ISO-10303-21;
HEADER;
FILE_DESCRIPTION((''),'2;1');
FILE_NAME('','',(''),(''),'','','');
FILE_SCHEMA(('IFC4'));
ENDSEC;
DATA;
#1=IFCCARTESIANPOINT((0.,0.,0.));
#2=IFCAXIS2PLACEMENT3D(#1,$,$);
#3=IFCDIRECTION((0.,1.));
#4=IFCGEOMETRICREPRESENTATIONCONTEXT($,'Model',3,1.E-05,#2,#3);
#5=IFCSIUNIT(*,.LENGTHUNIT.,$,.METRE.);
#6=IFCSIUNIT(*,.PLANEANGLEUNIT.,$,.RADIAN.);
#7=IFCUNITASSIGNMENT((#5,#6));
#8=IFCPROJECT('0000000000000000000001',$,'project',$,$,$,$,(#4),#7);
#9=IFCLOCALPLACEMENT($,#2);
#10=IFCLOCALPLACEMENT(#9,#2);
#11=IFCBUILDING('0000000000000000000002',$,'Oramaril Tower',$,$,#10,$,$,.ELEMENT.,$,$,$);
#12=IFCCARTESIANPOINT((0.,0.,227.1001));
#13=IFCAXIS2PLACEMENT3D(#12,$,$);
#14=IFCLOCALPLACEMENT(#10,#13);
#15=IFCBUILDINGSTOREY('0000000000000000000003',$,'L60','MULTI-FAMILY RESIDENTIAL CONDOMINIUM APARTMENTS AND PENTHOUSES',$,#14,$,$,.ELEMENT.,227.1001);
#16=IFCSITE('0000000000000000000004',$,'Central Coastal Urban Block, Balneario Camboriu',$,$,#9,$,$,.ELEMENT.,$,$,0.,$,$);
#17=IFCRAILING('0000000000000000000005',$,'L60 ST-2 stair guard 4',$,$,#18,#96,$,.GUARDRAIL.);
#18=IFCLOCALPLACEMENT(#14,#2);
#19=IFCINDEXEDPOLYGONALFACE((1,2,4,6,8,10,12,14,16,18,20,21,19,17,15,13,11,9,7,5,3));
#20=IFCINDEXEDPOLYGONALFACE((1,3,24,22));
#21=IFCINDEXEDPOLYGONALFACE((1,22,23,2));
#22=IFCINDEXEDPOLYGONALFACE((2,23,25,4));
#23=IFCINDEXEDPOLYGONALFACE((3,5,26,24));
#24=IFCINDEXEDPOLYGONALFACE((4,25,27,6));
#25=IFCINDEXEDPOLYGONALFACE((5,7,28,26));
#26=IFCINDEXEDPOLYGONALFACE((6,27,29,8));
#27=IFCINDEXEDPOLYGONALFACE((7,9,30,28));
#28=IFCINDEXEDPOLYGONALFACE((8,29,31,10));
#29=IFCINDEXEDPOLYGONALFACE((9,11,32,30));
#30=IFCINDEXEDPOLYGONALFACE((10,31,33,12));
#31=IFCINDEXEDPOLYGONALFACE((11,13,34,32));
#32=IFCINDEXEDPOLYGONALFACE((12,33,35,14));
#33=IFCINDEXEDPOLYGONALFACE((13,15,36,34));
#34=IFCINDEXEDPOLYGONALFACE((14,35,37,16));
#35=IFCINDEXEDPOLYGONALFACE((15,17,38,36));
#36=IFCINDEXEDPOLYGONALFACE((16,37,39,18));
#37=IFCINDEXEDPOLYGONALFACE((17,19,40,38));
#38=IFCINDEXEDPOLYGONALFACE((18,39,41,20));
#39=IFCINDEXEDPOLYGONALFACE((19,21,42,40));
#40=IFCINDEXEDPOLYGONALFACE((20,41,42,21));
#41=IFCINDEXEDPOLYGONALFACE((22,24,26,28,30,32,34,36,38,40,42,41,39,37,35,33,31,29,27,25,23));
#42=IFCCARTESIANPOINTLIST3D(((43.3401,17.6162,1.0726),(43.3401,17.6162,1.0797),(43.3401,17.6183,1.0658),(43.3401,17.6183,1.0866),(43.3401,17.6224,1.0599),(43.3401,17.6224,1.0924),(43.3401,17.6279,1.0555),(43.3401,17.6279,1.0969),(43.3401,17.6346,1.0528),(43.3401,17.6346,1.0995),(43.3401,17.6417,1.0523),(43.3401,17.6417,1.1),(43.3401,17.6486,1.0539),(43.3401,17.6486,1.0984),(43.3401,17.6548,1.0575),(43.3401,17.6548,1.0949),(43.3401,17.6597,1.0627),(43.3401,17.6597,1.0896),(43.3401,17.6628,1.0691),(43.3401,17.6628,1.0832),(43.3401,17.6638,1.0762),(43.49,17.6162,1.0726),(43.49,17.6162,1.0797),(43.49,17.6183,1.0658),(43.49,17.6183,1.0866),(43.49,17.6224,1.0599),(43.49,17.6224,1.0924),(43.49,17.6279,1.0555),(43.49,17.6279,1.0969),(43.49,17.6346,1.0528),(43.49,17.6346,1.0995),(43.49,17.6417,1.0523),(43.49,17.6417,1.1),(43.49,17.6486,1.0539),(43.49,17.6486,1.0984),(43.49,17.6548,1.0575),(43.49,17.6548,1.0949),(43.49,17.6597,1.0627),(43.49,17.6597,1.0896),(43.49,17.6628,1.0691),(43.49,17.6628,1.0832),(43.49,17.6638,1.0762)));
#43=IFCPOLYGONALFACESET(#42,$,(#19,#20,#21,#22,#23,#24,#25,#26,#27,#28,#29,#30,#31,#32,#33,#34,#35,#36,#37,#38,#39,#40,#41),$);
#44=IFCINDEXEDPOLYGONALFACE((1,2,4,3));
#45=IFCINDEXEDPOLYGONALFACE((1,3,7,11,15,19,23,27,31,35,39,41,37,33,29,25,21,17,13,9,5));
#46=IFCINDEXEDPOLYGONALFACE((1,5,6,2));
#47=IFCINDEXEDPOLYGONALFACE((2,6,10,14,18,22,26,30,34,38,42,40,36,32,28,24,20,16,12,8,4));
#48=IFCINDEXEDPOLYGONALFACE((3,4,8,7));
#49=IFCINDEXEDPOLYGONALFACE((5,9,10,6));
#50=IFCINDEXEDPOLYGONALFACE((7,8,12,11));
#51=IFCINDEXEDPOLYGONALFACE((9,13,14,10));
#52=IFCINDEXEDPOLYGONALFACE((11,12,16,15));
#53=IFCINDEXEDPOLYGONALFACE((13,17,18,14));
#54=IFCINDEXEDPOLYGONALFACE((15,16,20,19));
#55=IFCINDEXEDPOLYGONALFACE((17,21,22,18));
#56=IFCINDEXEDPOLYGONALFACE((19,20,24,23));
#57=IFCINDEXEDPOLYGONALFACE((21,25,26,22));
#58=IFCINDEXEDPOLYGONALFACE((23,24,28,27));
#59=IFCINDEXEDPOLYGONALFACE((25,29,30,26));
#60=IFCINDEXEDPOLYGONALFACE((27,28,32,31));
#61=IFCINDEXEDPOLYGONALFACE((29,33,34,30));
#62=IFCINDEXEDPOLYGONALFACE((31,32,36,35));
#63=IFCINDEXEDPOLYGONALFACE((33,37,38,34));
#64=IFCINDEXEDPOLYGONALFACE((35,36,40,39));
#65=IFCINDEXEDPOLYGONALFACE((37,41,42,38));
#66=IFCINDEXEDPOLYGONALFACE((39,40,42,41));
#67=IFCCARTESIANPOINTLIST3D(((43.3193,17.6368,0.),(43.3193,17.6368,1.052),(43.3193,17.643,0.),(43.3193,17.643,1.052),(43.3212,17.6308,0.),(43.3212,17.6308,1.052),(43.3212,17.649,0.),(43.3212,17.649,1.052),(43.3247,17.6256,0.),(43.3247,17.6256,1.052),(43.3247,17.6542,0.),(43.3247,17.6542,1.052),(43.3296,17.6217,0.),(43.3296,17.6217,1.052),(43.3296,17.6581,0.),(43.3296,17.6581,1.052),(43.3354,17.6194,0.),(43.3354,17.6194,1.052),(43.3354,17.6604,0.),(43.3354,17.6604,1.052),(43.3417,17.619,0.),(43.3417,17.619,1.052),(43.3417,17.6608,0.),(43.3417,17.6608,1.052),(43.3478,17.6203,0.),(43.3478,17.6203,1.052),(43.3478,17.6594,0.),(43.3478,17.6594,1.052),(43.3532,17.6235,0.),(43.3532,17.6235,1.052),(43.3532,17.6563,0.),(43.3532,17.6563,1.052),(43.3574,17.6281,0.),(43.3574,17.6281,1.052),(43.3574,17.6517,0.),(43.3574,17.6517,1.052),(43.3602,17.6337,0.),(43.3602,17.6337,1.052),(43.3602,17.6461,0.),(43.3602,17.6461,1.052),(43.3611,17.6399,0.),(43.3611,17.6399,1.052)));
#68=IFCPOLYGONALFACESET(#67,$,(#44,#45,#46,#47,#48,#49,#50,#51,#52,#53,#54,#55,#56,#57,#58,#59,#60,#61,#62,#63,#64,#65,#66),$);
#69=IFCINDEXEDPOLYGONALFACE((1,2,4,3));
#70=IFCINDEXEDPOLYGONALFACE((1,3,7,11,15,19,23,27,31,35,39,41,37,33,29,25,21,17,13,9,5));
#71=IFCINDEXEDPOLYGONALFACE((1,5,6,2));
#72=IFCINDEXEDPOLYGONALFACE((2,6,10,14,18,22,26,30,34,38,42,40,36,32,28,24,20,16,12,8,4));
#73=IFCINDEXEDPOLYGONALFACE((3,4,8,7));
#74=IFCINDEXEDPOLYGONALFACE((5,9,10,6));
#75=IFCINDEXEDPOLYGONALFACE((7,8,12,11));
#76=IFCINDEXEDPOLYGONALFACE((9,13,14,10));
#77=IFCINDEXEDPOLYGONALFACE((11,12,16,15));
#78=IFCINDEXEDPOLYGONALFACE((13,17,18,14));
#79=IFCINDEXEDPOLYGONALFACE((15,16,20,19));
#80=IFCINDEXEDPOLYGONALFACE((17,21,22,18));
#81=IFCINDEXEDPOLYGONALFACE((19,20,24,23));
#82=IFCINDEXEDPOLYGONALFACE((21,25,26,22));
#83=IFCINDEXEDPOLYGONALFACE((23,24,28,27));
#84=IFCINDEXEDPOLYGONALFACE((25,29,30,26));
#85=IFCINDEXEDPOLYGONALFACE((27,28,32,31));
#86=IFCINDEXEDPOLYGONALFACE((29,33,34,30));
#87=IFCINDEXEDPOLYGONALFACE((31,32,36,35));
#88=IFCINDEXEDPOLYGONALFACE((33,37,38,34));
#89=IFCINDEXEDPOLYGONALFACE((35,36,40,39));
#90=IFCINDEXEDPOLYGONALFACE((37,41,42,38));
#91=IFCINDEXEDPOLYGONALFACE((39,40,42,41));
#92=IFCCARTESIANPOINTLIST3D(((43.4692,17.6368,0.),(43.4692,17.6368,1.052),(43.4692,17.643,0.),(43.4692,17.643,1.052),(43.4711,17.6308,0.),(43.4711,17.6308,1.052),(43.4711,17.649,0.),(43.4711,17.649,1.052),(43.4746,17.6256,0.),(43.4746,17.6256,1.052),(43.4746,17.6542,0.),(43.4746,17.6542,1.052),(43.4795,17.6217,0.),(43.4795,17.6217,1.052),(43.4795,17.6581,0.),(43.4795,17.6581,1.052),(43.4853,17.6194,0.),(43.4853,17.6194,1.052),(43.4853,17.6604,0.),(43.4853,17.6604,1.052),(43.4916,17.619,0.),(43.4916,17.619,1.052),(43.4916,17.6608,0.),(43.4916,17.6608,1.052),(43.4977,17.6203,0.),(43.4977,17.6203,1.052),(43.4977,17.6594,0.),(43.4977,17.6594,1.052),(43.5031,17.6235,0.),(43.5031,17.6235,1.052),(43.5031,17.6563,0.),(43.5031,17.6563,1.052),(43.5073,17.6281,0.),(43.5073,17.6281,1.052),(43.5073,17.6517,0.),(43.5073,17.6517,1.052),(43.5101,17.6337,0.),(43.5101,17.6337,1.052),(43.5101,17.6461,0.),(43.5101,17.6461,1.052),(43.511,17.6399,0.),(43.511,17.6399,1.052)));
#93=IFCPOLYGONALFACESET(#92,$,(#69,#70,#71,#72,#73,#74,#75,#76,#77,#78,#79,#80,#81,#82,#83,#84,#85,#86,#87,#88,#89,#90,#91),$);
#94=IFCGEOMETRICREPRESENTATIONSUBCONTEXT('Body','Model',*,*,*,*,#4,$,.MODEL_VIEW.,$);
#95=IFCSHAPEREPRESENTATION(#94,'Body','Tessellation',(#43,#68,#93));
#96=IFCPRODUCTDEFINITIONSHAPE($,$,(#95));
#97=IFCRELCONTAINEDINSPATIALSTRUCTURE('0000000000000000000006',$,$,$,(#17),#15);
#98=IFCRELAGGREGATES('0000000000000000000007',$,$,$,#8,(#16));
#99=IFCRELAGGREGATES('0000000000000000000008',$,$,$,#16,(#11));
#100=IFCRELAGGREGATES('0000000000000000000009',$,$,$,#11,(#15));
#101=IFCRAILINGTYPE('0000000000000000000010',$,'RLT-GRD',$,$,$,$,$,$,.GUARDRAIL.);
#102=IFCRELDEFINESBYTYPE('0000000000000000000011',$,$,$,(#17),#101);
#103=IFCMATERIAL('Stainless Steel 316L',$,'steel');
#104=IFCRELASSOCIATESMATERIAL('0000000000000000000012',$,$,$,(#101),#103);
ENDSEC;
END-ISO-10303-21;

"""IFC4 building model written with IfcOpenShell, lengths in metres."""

from ifc_helpers import new_model, si_unit, direction, frame, origin, origin_2d, place, context, subcontext, project, spatial, circle, extrude, material, type_object, element, save


model = new_model("IFC4")

# Units and contexts
model_context = context("Model", 3, precision=1e-05, world=origin(), true_north=direction((0.0, 1.0)))
body_context = subcontext(model_context, "Body", "Model", "MODEL_VIEW")
ifc_project = project(units=[si_unit("LENGTHUNIT", "METRE"), si_unit("PLANEANGLEUNIT", "RADIAN")], contexts=[model_context])

# Site, building, storey
site_placement = place(None, origin())
site = spatial("IfcSite", under=ifc_project, at=site_placement, Name="Central Coastal Urban Block, Balneario Camboriu", CompositionType="ELEMENT", RefElevation=0.0)
building_placement = place(site_placement, origin())
building = spatial("IfcBuilding", under=site, at=building_placement, Name="Oramaril Tower", CompositionType="ELEMENT")
storey_placement = place(building_placement, frame((0.0, 0.0, 227.1001)))
storey = spatial("IfcBuildingStorey", under=building, at=storey_placement, Name="L60", Description="MULTI-FAMILY RESIDENTIAL CONDOMINIUM APARTMENTS AND PENTHOUSES", CompositionType="ELEMENT", Elevation=227.1001)

# Railing
ifc_material_1 = material(Name="Stainless Steel 316L", Category="steel")
railing_type_1 = type_object("IfcRailingType", Name="RLT-GRD", PredefinedType="GUARDRAIL", material=ifc_material_1)
railing_1_placement = place(storey_placement, frame((43.3401, 17.6399, 0.0)))
element("IfcRailing", 1, at=railing_1_placement, inside=storey, type_object=railing_type_1, Name="L60 ST-2 stair guard 4", PredefinedType="GUARDRAIL", context=body_context, shape_type="SweptSolid", body=[
    extrude(circle(Radius=0.0239, at=origin_2d()), frame((0.0, 0.0, 1.0762), z_axis=(1.0, 0.0, 0.0), x_axis=(0.0, 1.0, 0.0)), (0.0, 0.0, 1.0), 0.1499),
    extrude(circle(Radius=0.021, at=origin_2d()), origin(), (0.0, 0.0, 1.0), 1.052),
    extrude(circle(Radius=0.021, at=origin_2d()), frame((0.1499, 0.0, 0.0)), (0.0, 0.0, 1.0), 1.052),
])

save(model, "model.ifc")
